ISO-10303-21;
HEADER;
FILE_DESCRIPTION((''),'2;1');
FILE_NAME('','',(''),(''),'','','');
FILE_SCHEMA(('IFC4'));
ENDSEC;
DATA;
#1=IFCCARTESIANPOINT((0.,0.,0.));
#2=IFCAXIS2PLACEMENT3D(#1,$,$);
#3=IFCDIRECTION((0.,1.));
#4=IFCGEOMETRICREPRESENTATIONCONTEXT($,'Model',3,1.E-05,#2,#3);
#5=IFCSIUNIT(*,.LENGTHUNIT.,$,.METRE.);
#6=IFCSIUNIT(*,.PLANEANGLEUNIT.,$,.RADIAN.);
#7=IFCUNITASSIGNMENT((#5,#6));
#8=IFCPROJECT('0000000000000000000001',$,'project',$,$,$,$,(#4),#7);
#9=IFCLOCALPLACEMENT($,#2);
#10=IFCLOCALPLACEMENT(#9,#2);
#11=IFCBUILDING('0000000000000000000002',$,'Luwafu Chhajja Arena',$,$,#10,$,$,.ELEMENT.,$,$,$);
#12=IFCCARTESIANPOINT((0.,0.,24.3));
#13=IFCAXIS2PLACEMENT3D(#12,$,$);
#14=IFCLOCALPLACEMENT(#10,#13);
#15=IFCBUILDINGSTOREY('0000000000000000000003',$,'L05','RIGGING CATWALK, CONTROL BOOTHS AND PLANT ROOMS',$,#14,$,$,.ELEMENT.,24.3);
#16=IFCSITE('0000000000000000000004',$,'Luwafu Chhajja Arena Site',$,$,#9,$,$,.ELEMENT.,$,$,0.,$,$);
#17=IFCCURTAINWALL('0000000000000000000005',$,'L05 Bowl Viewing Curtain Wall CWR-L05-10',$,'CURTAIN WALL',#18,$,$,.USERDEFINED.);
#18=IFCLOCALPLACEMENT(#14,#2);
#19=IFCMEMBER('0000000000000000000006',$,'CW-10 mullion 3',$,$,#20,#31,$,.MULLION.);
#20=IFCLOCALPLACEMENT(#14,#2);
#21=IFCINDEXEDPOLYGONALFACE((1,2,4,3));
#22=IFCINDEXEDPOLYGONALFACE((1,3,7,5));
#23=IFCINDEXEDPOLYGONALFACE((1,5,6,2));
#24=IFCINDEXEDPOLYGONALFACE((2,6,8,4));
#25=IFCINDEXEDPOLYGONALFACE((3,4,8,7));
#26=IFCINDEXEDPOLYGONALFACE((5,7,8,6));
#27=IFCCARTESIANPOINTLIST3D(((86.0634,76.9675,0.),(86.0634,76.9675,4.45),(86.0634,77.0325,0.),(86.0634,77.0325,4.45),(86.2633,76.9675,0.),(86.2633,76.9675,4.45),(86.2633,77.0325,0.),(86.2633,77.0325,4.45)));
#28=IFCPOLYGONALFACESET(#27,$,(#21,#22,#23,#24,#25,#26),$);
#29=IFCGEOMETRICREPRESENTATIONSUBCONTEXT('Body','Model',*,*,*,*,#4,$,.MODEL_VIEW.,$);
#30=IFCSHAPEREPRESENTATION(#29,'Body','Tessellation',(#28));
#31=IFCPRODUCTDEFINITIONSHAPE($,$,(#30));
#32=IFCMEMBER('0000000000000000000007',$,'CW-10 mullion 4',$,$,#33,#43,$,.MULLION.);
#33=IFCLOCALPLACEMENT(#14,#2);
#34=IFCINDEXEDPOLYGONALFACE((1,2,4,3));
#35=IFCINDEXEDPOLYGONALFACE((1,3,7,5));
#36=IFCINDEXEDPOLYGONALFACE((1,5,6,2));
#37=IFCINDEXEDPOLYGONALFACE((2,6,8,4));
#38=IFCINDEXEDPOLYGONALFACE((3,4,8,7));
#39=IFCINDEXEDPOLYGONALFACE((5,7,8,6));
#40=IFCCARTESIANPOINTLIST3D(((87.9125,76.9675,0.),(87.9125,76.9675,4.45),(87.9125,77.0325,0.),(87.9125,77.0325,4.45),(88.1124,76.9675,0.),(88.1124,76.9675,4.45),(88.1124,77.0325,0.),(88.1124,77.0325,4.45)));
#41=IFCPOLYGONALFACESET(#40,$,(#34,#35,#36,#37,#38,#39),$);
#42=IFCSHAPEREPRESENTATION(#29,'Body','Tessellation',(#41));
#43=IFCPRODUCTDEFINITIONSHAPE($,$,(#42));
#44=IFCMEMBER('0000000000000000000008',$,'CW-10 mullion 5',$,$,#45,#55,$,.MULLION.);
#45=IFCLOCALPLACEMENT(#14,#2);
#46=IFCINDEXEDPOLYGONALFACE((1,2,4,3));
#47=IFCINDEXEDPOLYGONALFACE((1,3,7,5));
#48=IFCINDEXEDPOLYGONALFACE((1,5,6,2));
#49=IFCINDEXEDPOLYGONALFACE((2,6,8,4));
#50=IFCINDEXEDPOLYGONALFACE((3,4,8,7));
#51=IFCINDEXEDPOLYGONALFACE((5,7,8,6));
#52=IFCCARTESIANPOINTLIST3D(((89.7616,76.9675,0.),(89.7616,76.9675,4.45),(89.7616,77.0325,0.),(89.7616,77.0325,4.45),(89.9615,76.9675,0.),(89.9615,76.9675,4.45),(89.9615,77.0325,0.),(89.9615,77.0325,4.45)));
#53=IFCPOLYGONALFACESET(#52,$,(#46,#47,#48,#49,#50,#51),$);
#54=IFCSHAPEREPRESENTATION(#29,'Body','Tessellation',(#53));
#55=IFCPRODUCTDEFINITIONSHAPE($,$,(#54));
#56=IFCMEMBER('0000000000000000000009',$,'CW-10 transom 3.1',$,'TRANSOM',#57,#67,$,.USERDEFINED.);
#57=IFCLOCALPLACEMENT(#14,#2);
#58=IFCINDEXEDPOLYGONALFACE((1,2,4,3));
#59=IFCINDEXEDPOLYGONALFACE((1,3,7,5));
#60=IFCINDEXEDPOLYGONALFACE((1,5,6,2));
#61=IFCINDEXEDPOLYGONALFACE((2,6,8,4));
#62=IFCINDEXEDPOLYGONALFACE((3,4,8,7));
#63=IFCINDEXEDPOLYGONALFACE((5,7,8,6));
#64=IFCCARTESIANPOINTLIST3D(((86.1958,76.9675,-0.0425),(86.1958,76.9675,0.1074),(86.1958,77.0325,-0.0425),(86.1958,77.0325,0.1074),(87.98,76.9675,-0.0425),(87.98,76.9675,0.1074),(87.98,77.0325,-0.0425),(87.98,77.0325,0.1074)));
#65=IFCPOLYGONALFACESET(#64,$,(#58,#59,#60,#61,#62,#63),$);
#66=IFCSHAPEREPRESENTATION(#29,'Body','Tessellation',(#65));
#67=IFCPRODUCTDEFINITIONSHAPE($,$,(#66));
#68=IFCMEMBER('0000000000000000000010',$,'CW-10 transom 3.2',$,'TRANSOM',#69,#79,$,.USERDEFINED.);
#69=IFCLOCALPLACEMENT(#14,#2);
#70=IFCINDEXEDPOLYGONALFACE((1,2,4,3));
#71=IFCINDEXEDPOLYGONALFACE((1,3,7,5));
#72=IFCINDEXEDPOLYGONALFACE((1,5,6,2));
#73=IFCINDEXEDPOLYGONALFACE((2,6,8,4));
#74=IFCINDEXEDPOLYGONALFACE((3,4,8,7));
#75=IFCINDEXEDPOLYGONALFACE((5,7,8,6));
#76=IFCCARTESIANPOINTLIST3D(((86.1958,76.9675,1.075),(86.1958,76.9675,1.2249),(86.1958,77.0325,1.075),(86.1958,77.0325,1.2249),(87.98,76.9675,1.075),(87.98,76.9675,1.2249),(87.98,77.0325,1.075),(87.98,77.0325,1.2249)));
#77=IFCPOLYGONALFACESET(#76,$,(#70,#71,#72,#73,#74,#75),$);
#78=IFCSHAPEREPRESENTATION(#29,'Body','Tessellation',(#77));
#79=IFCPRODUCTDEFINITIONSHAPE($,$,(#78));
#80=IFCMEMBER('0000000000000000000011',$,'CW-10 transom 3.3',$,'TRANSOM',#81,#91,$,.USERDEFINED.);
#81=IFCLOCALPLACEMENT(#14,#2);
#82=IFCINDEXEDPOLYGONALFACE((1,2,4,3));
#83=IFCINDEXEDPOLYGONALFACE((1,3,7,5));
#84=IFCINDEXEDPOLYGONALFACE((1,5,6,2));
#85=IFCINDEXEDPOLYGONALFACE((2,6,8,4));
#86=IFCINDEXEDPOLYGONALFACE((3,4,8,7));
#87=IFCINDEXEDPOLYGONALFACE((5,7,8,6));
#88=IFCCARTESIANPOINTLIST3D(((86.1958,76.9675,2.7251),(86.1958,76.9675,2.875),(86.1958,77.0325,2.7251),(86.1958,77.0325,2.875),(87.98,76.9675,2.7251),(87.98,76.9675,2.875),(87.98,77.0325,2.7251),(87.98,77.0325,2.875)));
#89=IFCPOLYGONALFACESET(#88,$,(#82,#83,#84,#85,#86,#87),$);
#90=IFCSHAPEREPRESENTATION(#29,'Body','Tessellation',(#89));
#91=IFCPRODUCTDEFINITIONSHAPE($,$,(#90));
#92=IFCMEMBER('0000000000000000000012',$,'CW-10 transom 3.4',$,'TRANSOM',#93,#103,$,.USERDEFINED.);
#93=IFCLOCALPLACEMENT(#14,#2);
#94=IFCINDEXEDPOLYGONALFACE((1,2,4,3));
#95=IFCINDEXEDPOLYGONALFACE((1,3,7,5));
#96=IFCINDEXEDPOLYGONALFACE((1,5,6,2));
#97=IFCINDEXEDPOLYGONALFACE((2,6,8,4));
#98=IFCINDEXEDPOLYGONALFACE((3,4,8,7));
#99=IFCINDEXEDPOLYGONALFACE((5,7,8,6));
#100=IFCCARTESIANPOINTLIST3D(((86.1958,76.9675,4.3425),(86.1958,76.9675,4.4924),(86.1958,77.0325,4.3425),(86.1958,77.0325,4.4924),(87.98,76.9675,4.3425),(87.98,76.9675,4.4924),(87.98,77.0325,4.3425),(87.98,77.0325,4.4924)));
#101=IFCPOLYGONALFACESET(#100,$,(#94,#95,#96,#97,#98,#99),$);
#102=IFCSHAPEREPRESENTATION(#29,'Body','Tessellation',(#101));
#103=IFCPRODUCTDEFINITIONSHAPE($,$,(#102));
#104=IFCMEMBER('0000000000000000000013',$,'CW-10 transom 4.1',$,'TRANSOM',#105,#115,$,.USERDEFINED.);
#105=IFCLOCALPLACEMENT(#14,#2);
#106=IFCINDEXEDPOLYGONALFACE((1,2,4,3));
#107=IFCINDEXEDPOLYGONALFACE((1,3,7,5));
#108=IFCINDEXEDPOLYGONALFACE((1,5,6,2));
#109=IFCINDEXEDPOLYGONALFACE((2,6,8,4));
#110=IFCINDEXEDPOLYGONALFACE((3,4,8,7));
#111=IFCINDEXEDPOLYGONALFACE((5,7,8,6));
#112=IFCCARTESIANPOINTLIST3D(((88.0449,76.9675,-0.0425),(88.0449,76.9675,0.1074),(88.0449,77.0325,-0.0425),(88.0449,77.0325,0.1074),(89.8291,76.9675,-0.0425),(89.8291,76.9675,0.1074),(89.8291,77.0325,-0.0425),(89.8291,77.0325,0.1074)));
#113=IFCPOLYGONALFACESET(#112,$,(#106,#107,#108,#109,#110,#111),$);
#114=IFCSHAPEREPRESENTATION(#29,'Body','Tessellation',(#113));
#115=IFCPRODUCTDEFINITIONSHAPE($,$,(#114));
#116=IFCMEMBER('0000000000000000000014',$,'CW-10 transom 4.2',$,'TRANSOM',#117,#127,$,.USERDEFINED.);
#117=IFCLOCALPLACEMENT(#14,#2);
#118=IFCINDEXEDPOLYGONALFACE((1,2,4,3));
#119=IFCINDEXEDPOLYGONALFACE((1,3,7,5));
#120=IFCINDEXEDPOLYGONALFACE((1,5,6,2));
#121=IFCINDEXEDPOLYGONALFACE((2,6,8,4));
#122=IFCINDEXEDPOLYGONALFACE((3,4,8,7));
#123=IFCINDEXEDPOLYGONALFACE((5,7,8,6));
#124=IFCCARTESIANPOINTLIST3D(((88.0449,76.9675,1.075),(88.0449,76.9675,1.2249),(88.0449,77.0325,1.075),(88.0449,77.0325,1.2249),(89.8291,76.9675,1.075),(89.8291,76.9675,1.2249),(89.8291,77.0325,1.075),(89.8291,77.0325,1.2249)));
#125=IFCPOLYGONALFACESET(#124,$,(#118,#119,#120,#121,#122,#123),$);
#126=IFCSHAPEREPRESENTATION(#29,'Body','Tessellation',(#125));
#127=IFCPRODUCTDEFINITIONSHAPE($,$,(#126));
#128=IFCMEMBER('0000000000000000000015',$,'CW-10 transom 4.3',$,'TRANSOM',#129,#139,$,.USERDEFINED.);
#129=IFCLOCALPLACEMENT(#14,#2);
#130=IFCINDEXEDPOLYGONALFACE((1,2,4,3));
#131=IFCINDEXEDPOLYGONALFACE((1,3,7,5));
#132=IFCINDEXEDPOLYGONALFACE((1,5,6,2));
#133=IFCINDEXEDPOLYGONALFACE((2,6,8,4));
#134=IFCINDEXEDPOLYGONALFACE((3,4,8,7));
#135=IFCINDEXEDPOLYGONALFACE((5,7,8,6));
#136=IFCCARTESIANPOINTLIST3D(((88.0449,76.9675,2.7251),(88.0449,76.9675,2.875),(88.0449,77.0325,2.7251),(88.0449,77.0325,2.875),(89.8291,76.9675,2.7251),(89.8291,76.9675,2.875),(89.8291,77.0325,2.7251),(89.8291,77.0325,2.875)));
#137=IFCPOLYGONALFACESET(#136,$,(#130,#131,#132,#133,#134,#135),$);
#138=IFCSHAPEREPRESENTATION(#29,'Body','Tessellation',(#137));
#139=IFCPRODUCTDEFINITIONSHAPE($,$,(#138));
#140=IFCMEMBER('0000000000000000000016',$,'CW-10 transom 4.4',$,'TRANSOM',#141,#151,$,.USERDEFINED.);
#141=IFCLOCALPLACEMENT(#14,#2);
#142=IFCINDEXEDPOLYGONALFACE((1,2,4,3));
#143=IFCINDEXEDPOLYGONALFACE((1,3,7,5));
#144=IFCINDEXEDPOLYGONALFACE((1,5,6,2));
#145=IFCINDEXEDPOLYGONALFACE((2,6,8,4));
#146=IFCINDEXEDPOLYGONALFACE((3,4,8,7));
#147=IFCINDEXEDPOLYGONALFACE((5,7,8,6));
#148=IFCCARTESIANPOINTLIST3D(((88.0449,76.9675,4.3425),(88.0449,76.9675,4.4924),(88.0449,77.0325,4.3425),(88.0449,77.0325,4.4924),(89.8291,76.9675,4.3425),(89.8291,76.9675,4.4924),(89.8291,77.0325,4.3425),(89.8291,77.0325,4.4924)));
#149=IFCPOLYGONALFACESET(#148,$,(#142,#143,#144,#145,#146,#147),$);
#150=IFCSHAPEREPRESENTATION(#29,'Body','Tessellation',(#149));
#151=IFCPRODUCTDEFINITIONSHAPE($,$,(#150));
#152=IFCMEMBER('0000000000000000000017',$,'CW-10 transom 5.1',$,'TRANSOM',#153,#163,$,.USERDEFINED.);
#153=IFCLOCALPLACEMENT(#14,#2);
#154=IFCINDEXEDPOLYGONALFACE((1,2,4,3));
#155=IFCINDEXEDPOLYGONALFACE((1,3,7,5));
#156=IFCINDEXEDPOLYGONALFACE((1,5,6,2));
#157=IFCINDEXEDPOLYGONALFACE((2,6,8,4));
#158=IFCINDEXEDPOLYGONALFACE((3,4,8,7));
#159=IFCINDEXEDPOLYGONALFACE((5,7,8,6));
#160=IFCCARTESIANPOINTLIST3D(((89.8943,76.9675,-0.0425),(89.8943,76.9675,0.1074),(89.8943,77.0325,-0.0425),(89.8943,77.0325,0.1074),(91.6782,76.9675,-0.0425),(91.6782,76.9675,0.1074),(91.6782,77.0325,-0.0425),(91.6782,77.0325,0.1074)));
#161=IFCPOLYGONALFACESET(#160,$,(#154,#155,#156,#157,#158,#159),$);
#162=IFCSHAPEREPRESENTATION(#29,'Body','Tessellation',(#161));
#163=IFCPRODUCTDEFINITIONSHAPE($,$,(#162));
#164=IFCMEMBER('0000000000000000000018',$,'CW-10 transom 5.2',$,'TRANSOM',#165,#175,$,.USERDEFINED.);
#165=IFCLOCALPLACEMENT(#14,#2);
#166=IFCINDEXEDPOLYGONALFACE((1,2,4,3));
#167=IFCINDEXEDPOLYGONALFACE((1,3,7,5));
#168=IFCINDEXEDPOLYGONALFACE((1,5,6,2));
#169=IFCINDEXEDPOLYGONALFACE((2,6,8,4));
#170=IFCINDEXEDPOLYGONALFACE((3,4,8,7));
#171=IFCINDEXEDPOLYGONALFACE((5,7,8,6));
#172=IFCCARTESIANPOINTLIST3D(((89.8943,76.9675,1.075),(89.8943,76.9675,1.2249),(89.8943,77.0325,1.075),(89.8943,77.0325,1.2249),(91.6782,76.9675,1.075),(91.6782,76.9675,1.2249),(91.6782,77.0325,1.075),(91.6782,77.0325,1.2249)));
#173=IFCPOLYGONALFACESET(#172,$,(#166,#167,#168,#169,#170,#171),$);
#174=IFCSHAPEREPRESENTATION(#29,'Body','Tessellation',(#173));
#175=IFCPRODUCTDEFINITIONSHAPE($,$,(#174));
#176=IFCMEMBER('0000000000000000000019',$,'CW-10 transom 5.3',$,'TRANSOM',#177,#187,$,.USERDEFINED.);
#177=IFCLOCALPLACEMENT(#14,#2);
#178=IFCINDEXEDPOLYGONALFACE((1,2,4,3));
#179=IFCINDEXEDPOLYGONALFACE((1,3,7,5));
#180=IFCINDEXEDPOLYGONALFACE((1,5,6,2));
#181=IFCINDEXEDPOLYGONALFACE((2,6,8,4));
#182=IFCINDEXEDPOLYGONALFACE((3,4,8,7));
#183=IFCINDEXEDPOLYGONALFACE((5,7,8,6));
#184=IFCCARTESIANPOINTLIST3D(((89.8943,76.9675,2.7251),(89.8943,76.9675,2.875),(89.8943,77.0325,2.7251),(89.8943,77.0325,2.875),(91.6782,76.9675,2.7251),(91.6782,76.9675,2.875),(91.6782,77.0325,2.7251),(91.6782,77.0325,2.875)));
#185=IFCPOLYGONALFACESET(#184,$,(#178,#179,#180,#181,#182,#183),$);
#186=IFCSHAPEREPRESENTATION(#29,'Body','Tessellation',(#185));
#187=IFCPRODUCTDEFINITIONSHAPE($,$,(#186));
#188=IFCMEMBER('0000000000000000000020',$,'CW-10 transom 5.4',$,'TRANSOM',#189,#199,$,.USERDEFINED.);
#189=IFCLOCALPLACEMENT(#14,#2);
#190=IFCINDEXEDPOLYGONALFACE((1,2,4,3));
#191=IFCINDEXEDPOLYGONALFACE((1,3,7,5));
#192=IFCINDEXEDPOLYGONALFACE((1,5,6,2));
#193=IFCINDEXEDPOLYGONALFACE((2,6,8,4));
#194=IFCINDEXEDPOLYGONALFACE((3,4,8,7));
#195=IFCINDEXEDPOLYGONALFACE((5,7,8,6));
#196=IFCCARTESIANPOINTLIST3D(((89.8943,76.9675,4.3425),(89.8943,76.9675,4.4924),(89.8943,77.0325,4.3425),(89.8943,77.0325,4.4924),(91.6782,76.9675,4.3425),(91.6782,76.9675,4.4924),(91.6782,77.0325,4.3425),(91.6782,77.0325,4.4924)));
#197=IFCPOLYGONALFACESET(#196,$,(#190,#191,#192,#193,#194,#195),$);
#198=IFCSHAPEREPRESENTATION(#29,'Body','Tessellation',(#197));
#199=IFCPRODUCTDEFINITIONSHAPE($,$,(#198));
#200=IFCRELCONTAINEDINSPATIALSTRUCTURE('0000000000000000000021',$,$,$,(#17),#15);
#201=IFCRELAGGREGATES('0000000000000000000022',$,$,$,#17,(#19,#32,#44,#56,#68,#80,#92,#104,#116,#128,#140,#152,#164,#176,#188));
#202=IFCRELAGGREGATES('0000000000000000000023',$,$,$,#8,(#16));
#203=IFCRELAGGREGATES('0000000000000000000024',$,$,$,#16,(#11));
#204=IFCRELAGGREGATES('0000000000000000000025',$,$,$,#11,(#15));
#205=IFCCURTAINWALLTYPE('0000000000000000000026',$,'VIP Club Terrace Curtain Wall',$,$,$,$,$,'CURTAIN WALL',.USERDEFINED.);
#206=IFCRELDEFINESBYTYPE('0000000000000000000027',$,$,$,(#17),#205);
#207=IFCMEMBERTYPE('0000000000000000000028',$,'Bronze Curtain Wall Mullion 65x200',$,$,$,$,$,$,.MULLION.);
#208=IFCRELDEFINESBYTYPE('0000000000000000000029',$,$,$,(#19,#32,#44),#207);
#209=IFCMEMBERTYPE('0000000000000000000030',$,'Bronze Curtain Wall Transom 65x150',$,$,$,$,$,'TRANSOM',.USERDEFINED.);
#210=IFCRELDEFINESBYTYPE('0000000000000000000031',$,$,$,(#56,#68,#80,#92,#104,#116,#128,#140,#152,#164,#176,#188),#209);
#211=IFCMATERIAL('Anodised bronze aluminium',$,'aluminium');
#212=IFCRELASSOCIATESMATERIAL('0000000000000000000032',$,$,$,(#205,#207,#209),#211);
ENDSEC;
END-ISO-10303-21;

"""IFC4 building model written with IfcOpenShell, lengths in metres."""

from ifc_helpers import new_model, si_unit, direction, frame, origin, origin_2d, place, context, subcontext, project, spatial, rectangle, extrude, material, material_profile, profile_set, type_object, element, aggregate, save


model = new_model("IFC4")

# Units and contexts
model_context = context("Model", 3, precision=1e-05, world=origin(), true_north=direction((0.0, 1.0)))
body_context = subcontext(model_context, "Body", "Model", "MODEL_VIEW")
ifc_project = project(units=[si_unit("LENGTHUNIT", "METRE"), si_unit("PLANEANGLEUNIT", "RADIAN")], contexts=[model_context])

# Site, building, storey
site_placement = place(None, origin())
site = spatial("IfcSite", under=ifc_project, at=site_placement, Name="Luwafu Chhajja Arena Site", CompositionType="ELEMENT", RefElevation=0.0)
building_placement = place(site_placement, origin())
building = spatial("IfcBuilding", under=site, at=building_placement, Name="Luwafu Chhajja Arena", CompositionType="ELEMENT")
storey_placement = place(building_placement, frame((0.0, 0.0, 24.3)))
storey = spatial("IfcBuildingStorey", under=building, at=storey_placement, Name="L05", Description="RIGGING CATWALK, CONTROL BOOTHS AND PLANT ROOMS", CompositionType="ELEMENT", Elevation=24.3)

# Curtain wall, members
ifc_material_1 = material(Name="Anodised bronze aluminium", Category="aluminium")
curtain_wall_type = type_object("IfcCurtainWallType", Name="VIP Club Terrace Curtain Wall", ElementType="CURTAIN WALL", PredefinedType="USERDEFINED", material=ifc_material_1)
curtain_wall_placement = place(storey_placement, origin())
curtain_wall = element("IfcCurtainWall", 1, at=curtain_wall_placement, inside=storey, type_object=curtain_wall_type, Name="L05 Bowl Viewing Curtain Wall CWR-L05-10", ObjectType="CURTAIN WALL", PredefinedType="USERDEFINED")
ifc_material_profile_1 = material_profile(ifc_material_1, rectangle(XDim=0.0649, YDim=0.2, at=origin_2d()), Name="CWM 65x200")
ifc_profile_set_1 = profile_set([ifc_material_profile_1], Name="Anodised bronze aluminium")
member_type_1 = type_object("IfcMemberType", Name="Bronze Curtain Wall Mullion 65x200", PredefinedType="MULLION", material=ifc_profile_set_1)
member_1_placement = place(storey_placement, frame((86.1633, 77.0, 0.0), z_axis=(0.0, 0.0, 1.0), x_axis=(0.0, 1.0, 0.0)))
member_1 = element("IfcMember", 2, at=member_1_placement, type_object=member_type_1, Name="CW-10 mullion 3", PredefinedType="MULLION", context=body_context, shape_type="SweptSolid", body=[
    extrude(rectangle(XDim=0.0649, YDim=0.2, at=origin_2d()), origin(), (0.0, 0.0, 1.0), 4.45),
])
member_2_placement = place(storey_placement, frame((88.0125, 77.0, 0.0), z_axis=(0.0, 0.0, 1.0), x_axis=(0.0, 1.0, 0.0)))
member_2 = element("IfcMember", 3, at=member_2_placement, type_object=member_type_1, Name="CW-10 mullion 4", PredefinedType="MULLION", context=body_context, shape_type="SweptSolid", body=[
    extrude(rectangle(XDim=0.0649, YDim=0.2, at=origin_2d()), origin(), (0.0, 0.0, 1.0), 4.45),
])
member_3_placement = place(storey_placement, frame((89.8616, 77.0, 0.0), z_axis=(0.0, 0.0, 1.0), x_axis=(0.0, 1.0, 0.0)))
member_3 = element("IfcMember", 4, at=member_3_placement, type_object=member_type_1, Name="CW-10 mullion 5", PredefinedType="MULLION", context=body_context, shape_type="SweptSolid", body=[
    extrude(rectangle(XDim=0.0649, YDim=0.2, at=origin_2d()), origin(), (0.0, 0.0, 1.0), 4.45),
])
ifc_material_profile_2 = material_profile(ifc_material_1, rectangle(XDim=0.0649, YDim=0.1499, at=origin_2d()), Name="CWT 65x150")
ifc_profile_set_2 = profile_set([ifc_material_profile_2], Name="Anodised bronze aluminium")
member_type_2 = type_object("IfcMemberType", Name="Bronze Curtain Wall Transom 65x150", ElementType="TRANSOM", PredefinedType="USERDEFINED", material=ifc_profile_set_2)
member_4_placement = place(storey_placement, frame((86.1958, 77.0, 0.0325), z_axis=(1.0, 0.0, 0.0), x_axis=(0.0, 1.0, 0.0)))
member_4 = element("IfcMember", 5, at=member_4_placement, type_object=member_type_2, Name="CW-10 transom 3.1", ObjectType="TRANSOM", PredefinedType="USERDEFINED", context=body_context, shape_type="SweptSolid", body=[
    extrude(rectangle(XDim=0.0649, YDim=0.1499, at=origin_2d()), origin(), (0.0, 0.0, 1.0), 1.7842),
])
member_5_placement = place(storey_placement, frame((86.1958, 77.0, 1.1499), z_axis=(1.0, 0.0, 0.0), x_axis=(0.0, 1.0, 0.0)))
member_5 = element("IfcMember", 6, at=member_5_placement, type_object=member_type_2, Name="CW-10 transom 3.2", ObjectType="TRANSOM", PredefinedType="USERDEFINED", context=body_context, shape_type="SweptSolid", body=[
    extrude(rectangle(XDim=0.0649, YDim=0.1499, at=origin_2d()), origin(), (0.0, 0.0, 1.0), 1.7842),
])
member_6_placement = place(storey_placement, frame((86.1958, 77.0, 2.8), z_axis=(1.0, 0.0, 0.0), x_axis=(0.0, 1.0, 0.0)))
member_6 = element("IfcMember", 7, at=member_6_placement, type_object=member_type_2, Name="CW-10 transom 3.3", ObjectType="TRANSOM", PredefinedType="USERDEFINED", context=body_context, shape_type="SweptSolid", body=[
    extrude(rectangle(XDim=0.0649, YDim=0.1499, at=origin_2d()), origin(), (0.0, 0.0, 1.0), 1.7842),
])
member_7_placement = place(storey_placement, frame((86.1958, 77.0, 4.4175), z_axis=(1.0, 0.0, 0.0), x_axis=(0.0, 1.0, 0.0)))
member_7 = element("IfcMember", 8, at=member_7_placement, type_object=member_type_2, Name="CW-10 transom 3.4", ObjectType="TRANSOM", PredefinedType="USERDEFINED", context=body_context, shape_type="SweptSolid", body=[
    extrude(rectangle(XDim=0.0649, YDim=0.1499, at=origin_2d()), origin(), (0.0, 0.0, 1.0), 1.7842),
])
member_8_placement = place(storey_placement, frame((88.0449, 77.0, 0.0325), z_axis=(1.0, 0.0, 0.0), x_axis=(0.0, 1.0, 0.0)))
member_8 = element("IfcMember", 9, at=member_8_placement, type_object=member_type_2, Name="CW-10 transom 4.1", ObjectType="TRANSOM", PredefinedType="USERDEFINED", context=body_context, shape_type="SweptSolid", body=[
    extrude(rectangle(XDim=0.0649, YDim=0.1499, at=origin_2d()), origin(), (0.0, 0.0, 1.0), 1.7842),
])
member_9_placement = place(storey_placement, frame((88.0449, 77.0, 1.1499), z_axis=(1.0, 0.0, 0.0), x_axis=(0.0, 1.0, 0.0)))
member_9 = element("IfcMember", 10, at=member_9_placement, type_object=member_type_2, Name="CW-10 transom 4.2", ObjectType="TRANSOM", PredefinedType="USERDEFINED", context=body_context, shape_type="SweptSolid", body=[
    extrude(rectangle(XDim=0.0649, YDim=0.1499, at=origin_2d()), origin(), (0.0, 0.0, 1.0), 1.7842),
])
member_10_placement = place(storey_placement, frame((88.0449, 77.0, 2.8), z_axis=(1.0, 0.0, 0.0), x_axis=(0.0, 1.0, 0.0)))
member_10 = element("IfcMember", 11, at=member_10_placement, type_object=member_type_2, Name="CW-10 transom 4.3", ObjectType="TRANSOM", PredefinedType="USERDEFINED", context=body_context, shape_type="SweptSolid", body=[
    extrude(rectangle(XDim=0.0649, YDim=0.1499, at=origin_2d()), origin(), (0.0, 0.0, 1.0), 1.7842),
])
member_11_placement = place(storey_placement, frame((88.0449, 77.0, 4.4175), z_axis=(1.0, 0.0, 0.0), x_axis=(0.0, 1.0, 0.0)))
member_11 = element("IfcMember", 12, at=member_11_placement, type_object=member_type_2, Name="CW-10 transom 4.4", ObjectType="TRANSOM", PredefinedType="USERDEFINED", context=body_context, shape_type="SweptSolid", body=[
    extrude(rectangle(XDim=0.0649, YDim=0.1499, at=origin_2d()), origin(), (0.0, 0.0, 1.0), 1.7842),
])
member_12_placement = place(storey_placement, frame((89.8943, 77.0, 0.0325), z_axis=(1.0, 0.0, 0.0), x_axis=(0.0, 1.0, 0.0)))
member_12 = element("IfcMember", 13, at=member_12_placement, type_object=member_type_2, Name="CW-10 transom 5.1", ObjectType="TRANSOM", PredefinedType="USERDEFINED", context=body_context, shape_type="SweptSolid", body=[
    extrude(rectangle(XDim=0.0649, YDim=0.1499, at=origin_2d()), origin(), (0.0, 0.0, 1.0), 1.7839),
])
member_13_placement = place(storey_placement, frame((89.8943, 77.0, 1.1499), z_axis=(1.0, 0.0, 0.0), x_axis=(0.0, 1.0, 0.0)))
member_13 = element("IfcMember", 14, at=member_13_placement, type_object=member_type_2, Name="CW-10 transom 5.2", ObjectType="TRANSOM", PredefinedType="USERDEFINED", context=body_context, shape_type="SweptSolid", body=[
    extrude(rectangle(XDim=0.0649, YDim=0.1499, at=origin_2d()), origin(), (0.0, 0.0, 1.0), 1.7839),
])
member_14_placement = place(storey_placement, frame((89.8943, 77.0, 2.8), z_axis=(1.0, 0.0, 0.0), x_axis=(0.0, 1.0, 0.0)))
member_14 = element("IfcMember", 15, at=member_14_placement, type_object=member_type_2, Name="CW-10 transom 5.3", ObjectType="TRANSOM", PredefinedType="USERDEFINED", context=body_context, shape_type="SweptSolid", body=[
    extrude(rectangle(XDim=0.0649, YDim=0.1499, at=origin_2d()), origin(), (0.0, 0.0, 1.0), 1.7839),
])
member_15_placement = place(storey_placement, frame((89.8943, 77.0, 4.4175), z_axis=(1.0, 0.0, 0.0), x_axis=(0.0, 1.0, 0.0)))
member_15 = element("IfcMember", 16, at=member_15_placement, type_object=member_type_2, Name="CW-10 transom 5.4", ObjectType="TRANSOM", PredefinedType="USERDEFINED", context=body_context, shape_type="SweptSolid", body=[
    extrude(rectangle(XDim=0.0649, YDim=0.1499, at=origin_2d()), origin(), (0.0, 0.0, 1.0), 1.7839),
])
aggregate(curtain_wall, [member_1, member_2, member_3, member_4, member_5, member_6, member_7, member_8, member_9, member_10, member_11, member_12, member_13, member_14, member_15])

save(model, "model.ifc")
